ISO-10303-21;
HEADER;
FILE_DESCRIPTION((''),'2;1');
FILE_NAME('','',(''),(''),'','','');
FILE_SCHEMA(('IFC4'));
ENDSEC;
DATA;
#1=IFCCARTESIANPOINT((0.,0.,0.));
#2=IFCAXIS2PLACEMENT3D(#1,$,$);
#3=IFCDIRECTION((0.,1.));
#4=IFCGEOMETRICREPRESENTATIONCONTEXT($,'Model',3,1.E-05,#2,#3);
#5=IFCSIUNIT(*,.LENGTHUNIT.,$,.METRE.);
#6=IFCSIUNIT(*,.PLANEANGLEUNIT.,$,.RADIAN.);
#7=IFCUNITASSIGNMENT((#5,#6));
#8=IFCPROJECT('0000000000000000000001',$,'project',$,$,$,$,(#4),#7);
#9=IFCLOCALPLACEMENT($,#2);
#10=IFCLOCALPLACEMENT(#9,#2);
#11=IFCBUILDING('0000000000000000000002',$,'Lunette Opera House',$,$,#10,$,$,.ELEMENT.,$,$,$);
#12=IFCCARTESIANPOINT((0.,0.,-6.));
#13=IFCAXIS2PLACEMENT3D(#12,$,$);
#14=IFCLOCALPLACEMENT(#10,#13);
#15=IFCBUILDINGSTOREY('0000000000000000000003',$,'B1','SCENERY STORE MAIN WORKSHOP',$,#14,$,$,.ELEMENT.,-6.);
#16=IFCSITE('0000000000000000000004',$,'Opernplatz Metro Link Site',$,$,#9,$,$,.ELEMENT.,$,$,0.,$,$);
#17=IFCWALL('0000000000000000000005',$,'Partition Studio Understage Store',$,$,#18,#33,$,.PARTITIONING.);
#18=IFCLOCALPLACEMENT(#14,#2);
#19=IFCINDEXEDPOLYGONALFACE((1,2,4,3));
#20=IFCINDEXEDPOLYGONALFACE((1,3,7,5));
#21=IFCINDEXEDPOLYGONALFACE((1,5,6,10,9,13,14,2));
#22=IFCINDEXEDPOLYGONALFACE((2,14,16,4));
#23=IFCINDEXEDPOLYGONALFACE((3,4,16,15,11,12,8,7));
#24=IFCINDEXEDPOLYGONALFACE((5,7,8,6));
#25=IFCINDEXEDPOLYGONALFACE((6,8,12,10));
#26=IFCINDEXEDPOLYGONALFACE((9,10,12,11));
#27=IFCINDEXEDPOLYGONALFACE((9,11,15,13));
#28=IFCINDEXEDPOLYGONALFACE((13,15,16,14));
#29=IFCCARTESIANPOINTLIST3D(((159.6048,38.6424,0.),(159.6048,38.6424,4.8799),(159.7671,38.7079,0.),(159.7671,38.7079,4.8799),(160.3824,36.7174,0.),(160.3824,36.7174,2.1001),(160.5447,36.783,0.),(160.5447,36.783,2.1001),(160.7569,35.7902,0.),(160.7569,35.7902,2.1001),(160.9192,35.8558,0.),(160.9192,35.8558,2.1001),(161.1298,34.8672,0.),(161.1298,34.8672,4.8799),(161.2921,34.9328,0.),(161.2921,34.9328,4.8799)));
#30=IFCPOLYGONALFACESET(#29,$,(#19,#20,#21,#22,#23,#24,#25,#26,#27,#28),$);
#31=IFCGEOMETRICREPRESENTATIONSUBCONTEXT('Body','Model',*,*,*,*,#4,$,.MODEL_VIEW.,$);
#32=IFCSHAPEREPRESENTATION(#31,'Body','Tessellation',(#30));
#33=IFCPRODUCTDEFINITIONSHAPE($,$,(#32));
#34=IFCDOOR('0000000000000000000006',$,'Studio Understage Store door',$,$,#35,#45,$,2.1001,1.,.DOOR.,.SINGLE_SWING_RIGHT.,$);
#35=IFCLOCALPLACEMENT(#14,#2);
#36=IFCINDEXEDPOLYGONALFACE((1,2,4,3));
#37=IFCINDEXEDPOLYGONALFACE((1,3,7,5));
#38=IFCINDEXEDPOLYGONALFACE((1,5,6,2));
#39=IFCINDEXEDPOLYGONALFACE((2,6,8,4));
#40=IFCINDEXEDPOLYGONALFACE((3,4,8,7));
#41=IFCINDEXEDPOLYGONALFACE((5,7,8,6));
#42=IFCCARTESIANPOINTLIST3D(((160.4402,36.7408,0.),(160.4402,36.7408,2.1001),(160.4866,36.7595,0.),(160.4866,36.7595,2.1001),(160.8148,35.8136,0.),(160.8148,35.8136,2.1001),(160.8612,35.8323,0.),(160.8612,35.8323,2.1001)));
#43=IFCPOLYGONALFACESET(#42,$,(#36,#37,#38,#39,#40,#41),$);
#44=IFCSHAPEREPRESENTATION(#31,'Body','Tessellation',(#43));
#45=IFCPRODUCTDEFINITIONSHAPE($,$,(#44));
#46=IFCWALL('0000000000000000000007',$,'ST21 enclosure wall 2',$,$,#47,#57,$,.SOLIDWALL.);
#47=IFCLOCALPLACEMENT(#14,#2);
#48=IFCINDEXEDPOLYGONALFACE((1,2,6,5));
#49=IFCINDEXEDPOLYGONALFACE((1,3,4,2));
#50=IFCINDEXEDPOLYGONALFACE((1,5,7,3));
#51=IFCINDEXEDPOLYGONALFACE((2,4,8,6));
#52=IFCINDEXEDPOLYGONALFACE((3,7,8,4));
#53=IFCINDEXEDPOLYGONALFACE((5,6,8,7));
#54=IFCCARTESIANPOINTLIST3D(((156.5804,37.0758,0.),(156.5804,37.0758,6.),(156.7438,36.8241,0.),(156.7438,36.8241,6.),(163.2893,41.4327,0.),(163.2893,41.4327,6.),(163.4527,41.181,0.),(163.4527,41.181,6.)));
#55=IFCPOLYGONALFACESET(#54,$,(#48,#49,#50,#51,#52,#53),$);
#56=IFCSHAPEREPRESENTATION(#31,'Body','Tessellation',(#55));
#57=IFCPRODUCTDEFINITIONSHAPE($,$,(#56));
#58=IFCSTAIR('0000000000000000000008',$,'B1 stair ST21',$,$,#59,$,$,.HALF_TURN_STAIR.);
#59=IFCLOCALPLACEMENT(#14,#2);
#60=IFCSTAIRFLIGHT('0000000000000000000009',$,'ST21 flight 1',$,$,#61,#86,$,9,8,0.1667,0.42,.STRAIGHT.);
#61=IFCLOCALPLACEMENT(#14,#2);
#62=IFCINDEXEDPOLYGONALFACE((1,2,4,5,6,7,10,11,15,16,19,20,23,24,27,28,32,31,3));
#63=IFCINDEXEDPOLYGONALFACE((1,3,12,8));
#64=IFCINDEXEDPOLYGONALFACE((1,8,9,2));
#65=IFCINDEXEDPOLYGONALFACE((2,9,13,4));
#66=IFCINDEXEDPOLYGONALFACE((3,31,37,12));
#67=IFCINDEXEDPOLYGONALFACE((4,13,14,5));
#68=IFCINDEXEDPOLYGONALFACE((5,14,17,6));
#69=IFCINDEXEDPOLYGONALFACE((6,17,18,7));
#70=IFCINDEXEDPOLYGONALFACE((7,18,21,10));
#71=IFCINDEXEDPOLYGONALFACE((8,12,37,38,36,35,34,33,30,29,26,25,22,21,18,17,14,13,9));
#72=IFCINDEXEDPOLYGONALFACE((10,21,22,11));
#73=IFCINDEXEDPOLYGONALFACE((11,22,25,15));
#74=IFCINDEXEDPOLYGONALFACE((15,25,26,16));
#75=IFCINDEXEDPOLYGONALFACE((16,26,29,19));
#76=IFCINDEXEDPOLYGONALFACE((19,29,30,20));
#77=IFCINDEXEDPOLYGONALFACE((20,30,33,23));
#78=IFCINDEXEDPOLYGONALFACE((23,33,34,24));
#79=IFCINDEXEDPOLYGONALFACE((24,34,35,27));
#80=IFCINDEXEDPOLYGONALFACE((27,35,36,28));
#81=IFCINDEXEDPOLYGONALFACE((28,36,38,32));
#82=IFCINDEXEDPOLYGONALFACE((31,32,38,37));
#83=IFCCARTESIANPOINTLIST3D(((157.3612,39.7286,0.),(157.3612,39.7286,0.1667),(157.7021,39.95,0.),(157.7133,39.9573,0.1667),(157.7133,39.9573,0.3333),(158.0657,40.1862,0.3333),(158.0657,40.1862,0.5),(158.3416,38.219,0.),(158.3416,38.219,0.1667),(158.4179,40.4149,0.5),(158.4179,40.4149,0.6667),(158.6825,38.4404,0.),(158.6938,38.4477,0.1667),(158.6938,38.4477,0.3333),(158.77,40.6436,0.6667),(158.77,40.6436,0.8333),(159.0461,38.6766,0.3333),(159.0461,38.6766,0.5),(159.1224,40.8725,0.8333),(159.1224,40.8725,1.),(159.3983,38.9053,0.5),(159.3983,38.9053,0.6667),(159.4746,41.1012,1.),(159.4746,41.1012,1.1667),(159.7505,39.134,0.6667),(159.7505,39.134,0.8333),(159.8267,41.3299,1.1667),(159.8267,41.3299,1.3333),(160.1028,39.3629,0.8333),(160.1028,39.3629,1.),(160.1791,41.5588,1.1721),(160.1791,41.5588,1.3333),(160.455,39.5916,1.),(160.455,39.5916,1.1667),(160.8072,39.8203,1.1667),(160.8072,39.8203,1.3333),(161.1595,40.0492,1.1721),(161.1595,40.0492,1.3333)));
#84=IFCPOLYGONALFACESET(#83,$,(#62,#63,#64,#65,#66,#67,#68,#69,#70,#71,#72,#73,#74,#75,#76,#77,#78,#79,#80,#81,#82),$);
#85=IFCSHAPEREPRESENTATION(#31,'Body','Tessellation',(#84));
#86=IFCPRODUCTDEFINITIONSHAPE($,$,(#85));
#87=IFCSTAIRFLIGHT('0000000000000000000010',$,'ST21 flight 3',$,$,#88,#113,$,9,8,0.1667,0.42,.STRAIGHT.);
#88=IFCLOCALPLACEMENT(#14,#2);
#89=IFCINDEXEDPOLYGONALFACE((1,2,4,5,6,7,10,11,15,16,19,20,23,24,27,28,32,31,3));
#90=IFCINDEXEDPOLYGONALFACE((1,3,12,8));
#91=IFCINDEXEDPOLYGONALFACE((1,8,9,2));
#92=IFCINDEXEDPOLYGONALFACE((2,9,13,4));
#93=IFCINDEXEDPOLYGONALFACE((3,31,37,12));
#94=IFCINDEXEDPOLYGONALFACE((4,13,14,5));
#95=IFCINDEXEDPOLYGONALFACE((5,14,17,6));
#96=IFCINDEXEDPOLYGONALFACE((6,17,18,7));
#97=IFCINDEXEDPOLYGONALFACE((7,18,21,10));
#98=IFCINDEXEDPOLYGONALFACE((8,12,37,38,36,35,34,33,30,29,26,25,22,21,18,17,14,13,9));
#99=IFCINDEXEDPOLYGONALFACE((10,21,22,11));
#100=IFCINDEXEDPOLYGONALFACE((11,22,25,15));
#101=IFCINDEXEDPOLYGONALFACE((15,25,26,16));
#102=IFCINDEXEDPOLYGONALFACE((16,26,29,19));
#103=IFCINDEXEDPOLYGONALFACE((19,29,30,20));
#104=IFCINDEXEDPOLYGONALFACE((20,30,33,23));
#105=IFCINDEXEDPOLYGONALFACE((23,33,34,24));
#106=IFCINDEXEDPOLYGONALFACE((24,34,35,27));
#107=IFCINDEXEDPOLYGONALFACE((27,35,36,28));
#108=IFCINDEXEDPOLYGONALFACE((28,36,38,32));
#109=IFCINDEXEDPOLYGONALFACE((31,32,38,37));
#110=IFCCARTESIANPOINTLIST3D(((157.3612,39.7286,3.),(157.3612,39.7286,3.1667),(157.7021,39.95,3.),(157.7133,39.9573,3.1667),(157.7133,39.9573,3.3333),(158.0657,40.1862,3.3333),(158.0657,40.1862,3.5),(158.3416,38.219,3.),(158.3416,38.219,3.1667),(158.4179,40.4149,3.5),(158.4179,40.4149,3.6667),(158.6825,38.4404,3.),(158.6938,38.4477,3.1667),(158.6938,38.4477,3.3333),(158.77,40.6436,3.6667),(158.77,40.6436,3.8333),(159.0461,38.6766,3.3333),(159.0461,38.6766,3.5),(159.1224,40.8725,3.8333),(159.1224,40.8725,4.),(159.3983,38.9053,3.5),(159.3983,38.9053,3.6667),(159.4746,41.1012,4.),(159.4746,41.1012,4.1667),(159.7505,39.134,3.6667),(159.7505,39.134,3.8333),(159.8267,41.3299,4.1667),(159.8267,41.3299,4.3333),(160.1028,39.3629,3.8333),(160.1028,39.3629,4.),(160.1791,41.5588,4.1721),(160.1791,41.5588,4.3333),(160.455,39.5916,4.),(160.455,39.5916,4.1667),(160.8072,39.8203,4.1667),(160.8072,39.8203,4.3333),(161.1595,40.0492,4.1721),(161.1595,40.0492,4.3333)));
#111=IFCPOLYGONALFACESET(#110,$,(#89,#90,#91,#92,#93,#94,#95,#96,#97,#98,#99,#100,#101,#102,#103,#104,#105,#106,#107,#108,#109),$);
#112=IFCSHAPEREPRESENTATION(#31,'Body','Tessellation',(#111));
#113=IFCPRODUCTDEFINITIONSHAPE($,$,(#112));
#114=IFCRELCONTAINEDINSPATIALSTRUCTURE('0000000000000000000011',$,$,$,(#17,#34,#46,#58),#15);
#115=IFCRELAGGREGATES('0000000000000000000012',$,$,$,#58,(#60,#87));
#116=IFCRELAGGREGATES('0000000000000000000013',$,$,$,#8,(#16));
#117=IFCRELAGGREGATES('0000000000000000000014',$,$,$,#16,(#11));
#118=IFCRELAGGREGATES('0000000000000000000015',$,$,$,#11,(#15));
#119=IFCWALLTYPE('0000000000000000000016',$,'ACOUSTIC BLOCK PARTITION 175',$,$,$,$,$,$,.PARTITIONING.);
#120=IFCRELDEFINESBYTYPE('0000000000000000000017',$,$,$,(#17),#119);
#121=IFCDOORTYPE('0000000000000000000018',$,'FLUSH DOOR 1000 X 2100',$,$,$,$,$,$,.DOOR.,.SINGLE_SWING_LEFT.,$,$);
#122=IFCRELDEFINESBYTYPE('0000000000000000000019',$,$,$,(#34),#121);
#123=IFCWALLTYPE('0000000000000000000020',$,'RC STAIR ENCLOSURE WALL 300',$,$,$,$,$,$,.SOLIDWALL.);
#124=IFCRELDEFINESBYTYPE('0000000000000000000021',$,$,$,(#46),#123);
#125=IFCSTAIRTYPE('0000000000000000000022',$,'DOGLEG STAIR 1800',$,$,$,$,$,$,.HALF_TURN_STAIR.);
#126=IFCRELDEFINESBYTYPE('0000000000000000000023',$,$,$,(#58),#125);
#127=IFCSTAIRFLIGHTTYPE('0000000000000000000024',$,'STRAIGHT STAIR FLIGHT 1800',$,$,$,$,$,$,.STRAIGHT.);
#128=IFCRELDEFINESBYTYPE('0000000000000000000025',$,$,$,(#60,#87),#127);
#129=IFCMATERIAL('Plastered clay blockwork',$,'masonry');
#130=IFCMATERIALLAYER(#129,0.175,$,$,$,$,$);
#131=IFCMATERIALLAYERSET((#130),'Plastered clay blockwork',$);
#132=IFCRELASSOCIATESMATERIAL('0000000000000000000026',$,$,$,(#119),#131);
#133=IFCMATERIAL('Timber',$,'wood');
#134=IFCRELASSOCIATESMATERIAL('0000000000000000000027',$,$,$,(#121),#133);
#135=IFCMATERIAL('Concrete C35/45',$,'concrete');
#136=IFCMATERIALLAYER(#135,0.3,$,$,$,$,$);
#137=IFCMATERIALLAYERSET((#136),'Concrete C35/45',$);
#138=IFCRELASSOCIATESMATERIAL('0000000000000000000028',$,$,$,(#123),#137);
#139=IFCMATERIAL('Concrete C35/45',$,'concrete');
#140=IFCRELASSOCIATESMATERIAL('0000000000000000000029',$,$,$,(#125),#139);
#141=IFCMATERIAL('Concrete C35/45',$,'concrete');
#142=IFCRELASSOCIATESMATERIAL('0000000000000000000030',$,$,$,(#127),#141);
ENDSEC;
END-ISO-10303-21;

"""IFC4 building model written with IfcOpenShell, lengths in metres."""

from ifc_helpers import new_model, si_unit, direction, frame, frame_2d, origin, place, context, subcontext, project, spatial, polyline, rectangle, outline, extrude, material, layer, layer_set, type_object, element, fill, aggregate, save


model = new_model("IFC4")

# Units and contexts
model_context = context("Model", 3, precision=1e-05, world=origin(), true_north=direction((0.0, 1.0)))
body_context = subcontext(model_context, "Body", "Model", "MODEL_VIEW")
ifc_project = project(units=[si_unit("LENGTHUNIT", "METRE"), si_unit("PLANEANGLEUNIT", "RADIAN")], contexts=[model_context])

# Site, building, storey
site_placement = place(None, origin())
site = spatial("IfcSite", under=ifc_project, at=site_placement, Name="Opernplatz Metro Link Site", CompositionType="ELEMENT", RefElevation=0.0)
building_placement = place(site_placement, origin())
building = spatial("IfcBuilding", under=site, at=building_placement, Name="Lunette Opera House", CompositionType="ELEMENT")
storey_placement = place(building_placement, frame((0.0, 0.0, -6.0)))
storey = spatial("IfcBuildingStorey", under=building, at=storey_placement, Name="B1", Description="SCENERY STORE MAIN WORKSHOP", CompositionType="ELEMENT", Elevation=-6.0)

# Shared definitions
ifc_material_1 = material(Name="Plastered clay blockwork", Category="masonry")
ifc_layer_1 = layer(ifc_material_1, 0.175)
ifc_layer_set_1 = layer_set([ifc_layer_1], Name="Plastered clay blockwork")
wall_type_1 = type_object("IfcWallType", Name="ACOUSTIC BLOCK PARTITION 175", PredefinedType="PARTITIONING", material=ifc_layer_set_1)

# Wall, opening, door
wall_1_placement = place(storey_placement, frame((159.686, 38.675, 0.0), z_axis=(0.0, 0.0, 1.0), x_axis=(0.374531, -0.927214, 0.0)))
wall_1 = element("IfcWall", 1, at=wall_1_placement, inside=storey, type_object=wall_type_1, Name="Partition Studio Understage Store", PredefinedType="PARTITIONING", context=body_context, shape_type="SweptSolid", body=[
    extrude(rectangle(XDim=4.0715, YDim=0.175, at=frame_2d((2.0356, 0.0))), origin(), (0.0, 0.0, 1.0), 4.8799),
])
opening_1_placement = place(wall_1_placement, frame((2.0759, 0.0, 0.0)))
opening_1 = element("IfcOpeningElement", 2, at=opening_1_placement, cuts=wall_1, PredefinedType="OPENING", context=body_context, shape_type="SweptSolid", body=[
    extrude(rectangle(XDim=1.0, YDim=2.1001, at=frame_2d((0.5, 1.05))), frame((0.0, 0.0996, 0.0), z_axis=(0.0, -1.0, 0.0), x_axis=(1.0, 0.0, 0.0)), (0.0, 0.0, 1.0), 0.199),
])
ifc_material_2 = material(Name="Timber", Category="wood")
door_type_1 = type_object("IfcDoorType", Name="FLUSH DOOR 1000 X 2100", OperationType="SINGLE_SWING_LEFT", PredefinedType="DOOR", material=ifc_material_2)
door_1_placement = place(opening_1_placement, origin())
door_1 = element("IfcDoor", 3, at=door_1_placement, inside=storey, type_object=door_type_1, Name="Studio Understage Store door", OperationType="SINGLE_SWING_RIGHT", OverallHeight=2.1001, OverallWidth=1.0, PredefinedType="DOOR", context=body_context, shape_type="SweptSolid", body=[
    extrude(rectangle(XDim=1.0, YDim=2.1001, at=frame_2d((0.5, 1.05))), frame((0.0, 0.0249, 0.0), z_axis=(0.0, -1.0, 0.0), x_axis=(1.0, 0.0, 0.0)), (0.0, 0.0, 1.0), 0.05),
])
fill(opening_1, door_1)

# Wall
ifc_material_3 = material(Name="Concrete C35/45", Category="concrete")
ifc_layer_2 = layer(ifc_material_3, 0.3)
ifc_layer_set_2 = layer_set([ifc_layer_2], Name="Concrete C35/45")
wall_type_2 = type_object("IfcWallType", Name="RC STAIR ENCLOSURE WALL 300", PredefinedType="SOLIDWALL", material=ifc_layer_set_2)
wall_2_placement = place(storey_placement, frame((156.6621, 36.95, 0.0), z_axis=(0.0, 0.0, 1.0), x_axis=(0.838667, 0.544645, 0.0)))
element("IfcWall", 4, at=wall_2_placement, inside=storey, type_object=wall_type_2, Name="ST21 enclosure wall 2", PredefinedType="SOLIDWALL", context=body_context, shape_type="SweptSolid", body=[
    extrude(rectangle(XDim=7.9995, YDim=0.3, at=frame_2d((3.9998, 0.0))), origin(), (0.0, 0.0, 1.0), 6.0),
])

# Stair, stair flights
ifc_material_4 = material(Name="Concrete C35/45", Category="concrete")
stair_type = type_object("IfcStairType", Name="DOGLEG STAIR 1800", PredefinedType="HALF_TURN_STAIR", material=ifc_material_4)
stair_placement = place(storey_placement, origin())
stair = element("IfcStair", 5, at=stair_placement, inside=storey, type_object=stair_type, Name="B1 stair ST21", PredefinedType="HALF_TURN_STAIR")
ifc_material_5 = material(Name="Concrete C35/45", Category="concrete")
stair_flight_type = type_object("IfcStairFlightType", Name="STRAIGHT STAIR FLIGHT 1800", PredefinedType="STRAIGHT", material=ifc_material_5)
stair_flight_1_placement = place(storey_placement, frame((157.8513, 38.9739, 0.0), z_axis=(0.0, 0.0, 1.0), x_axis=(0.838643, 0.544681, 0.0)))
stair_flight_1 = element("IfcStairFlight", 6, at=stair_flight_1_placement, type_object=stair_flight_type, Name="ST21 flight 1", NumberOfRisers=9, NumberOfTreads=8, PredefinedType="STRAIGHT", RiserHeight=0.1667, TreadLength=0.42, context=body_context, shape_type="SweptSolid", body=[
    extrude(outline(polyline([(0.0, 0.0), (0.0, 0.1667), (0.4199, 0.1667), (0.4199, 0.3333), (0.8401, 0.3333), (0.8401, 0.5), (1.26, 0.5), (1.26, 0.6667), (1.6799, 0.6667), (1.6799, 0.8333), (2.1001, 0.8333), (2.1001, 1.0), (2.52, 1.0), (2.52, 1.1667), (2.9399, 1.1667), (2.9399, 1.3333), (3.3601, 1.3333), (3.3601, 1.5), (3.3601, 1.1721), (0.4065, 0.0), (0.0, 0.0)])), frame((0.0, 0.8999, 0.0), z_axis=(0.0, -1.0, 0.0), x_axis=(1.0, 0.0, 0.0)), (0.0, 0.0, 1.0), 1.8),
])
stair_flight_2_placement = place(storey_placement, frame((157.8513, 38.9739, 3.0), z_axis=(0.0, 0.0, 1.0), x_axis=(0.838643, 0.544681, 0.0)))
stair_flight_2 = element("IfcStairFlight", 7, at=stair_flight_2_placement, type_object=stair_flight_type, Name="ST21 flight 3", NumberOfRisers=9, NumberOfTreads=8, PredefinedType="STRAIGHT", RiserHeight=0.1667, TreadLength=0.42, context=body_context, shape_type="SweptSolid", body=[
    extrude(outline(polyline([(0.0, 0.0), (0.0, 0.1667), (0.4199, 0.1667), (0.4199, 0.3333), (0.8401, 0.3333), (0.8401, 0.5), (1.26, 0.5), (1.26, 0.6667), (1.6799, 0.6667), (1.6799, 0.8333), (2.1001, 0.8333), (2.1001, 1.0), (2.52, 1.0), (2.52, 1.1667), (2.9399, 1.1667), (2.9399, 1.3333), (3.3601, 1.3333), (3.3601, 1.5), (3.3601, 1.1721), (0.4065, 0.0), (0.0, 0.0)])), frame((0.0, 0.8999, 0.0), z_axis=(0.0, -1.0, 0.0), x_axis=(1.0, 0.0, 0.0)), (0.0, 0.0, 1.0), 1.8),
])
aggregate(stair, [stair_flight_1, stair_flight_2])

save(model, "model.ifc")
